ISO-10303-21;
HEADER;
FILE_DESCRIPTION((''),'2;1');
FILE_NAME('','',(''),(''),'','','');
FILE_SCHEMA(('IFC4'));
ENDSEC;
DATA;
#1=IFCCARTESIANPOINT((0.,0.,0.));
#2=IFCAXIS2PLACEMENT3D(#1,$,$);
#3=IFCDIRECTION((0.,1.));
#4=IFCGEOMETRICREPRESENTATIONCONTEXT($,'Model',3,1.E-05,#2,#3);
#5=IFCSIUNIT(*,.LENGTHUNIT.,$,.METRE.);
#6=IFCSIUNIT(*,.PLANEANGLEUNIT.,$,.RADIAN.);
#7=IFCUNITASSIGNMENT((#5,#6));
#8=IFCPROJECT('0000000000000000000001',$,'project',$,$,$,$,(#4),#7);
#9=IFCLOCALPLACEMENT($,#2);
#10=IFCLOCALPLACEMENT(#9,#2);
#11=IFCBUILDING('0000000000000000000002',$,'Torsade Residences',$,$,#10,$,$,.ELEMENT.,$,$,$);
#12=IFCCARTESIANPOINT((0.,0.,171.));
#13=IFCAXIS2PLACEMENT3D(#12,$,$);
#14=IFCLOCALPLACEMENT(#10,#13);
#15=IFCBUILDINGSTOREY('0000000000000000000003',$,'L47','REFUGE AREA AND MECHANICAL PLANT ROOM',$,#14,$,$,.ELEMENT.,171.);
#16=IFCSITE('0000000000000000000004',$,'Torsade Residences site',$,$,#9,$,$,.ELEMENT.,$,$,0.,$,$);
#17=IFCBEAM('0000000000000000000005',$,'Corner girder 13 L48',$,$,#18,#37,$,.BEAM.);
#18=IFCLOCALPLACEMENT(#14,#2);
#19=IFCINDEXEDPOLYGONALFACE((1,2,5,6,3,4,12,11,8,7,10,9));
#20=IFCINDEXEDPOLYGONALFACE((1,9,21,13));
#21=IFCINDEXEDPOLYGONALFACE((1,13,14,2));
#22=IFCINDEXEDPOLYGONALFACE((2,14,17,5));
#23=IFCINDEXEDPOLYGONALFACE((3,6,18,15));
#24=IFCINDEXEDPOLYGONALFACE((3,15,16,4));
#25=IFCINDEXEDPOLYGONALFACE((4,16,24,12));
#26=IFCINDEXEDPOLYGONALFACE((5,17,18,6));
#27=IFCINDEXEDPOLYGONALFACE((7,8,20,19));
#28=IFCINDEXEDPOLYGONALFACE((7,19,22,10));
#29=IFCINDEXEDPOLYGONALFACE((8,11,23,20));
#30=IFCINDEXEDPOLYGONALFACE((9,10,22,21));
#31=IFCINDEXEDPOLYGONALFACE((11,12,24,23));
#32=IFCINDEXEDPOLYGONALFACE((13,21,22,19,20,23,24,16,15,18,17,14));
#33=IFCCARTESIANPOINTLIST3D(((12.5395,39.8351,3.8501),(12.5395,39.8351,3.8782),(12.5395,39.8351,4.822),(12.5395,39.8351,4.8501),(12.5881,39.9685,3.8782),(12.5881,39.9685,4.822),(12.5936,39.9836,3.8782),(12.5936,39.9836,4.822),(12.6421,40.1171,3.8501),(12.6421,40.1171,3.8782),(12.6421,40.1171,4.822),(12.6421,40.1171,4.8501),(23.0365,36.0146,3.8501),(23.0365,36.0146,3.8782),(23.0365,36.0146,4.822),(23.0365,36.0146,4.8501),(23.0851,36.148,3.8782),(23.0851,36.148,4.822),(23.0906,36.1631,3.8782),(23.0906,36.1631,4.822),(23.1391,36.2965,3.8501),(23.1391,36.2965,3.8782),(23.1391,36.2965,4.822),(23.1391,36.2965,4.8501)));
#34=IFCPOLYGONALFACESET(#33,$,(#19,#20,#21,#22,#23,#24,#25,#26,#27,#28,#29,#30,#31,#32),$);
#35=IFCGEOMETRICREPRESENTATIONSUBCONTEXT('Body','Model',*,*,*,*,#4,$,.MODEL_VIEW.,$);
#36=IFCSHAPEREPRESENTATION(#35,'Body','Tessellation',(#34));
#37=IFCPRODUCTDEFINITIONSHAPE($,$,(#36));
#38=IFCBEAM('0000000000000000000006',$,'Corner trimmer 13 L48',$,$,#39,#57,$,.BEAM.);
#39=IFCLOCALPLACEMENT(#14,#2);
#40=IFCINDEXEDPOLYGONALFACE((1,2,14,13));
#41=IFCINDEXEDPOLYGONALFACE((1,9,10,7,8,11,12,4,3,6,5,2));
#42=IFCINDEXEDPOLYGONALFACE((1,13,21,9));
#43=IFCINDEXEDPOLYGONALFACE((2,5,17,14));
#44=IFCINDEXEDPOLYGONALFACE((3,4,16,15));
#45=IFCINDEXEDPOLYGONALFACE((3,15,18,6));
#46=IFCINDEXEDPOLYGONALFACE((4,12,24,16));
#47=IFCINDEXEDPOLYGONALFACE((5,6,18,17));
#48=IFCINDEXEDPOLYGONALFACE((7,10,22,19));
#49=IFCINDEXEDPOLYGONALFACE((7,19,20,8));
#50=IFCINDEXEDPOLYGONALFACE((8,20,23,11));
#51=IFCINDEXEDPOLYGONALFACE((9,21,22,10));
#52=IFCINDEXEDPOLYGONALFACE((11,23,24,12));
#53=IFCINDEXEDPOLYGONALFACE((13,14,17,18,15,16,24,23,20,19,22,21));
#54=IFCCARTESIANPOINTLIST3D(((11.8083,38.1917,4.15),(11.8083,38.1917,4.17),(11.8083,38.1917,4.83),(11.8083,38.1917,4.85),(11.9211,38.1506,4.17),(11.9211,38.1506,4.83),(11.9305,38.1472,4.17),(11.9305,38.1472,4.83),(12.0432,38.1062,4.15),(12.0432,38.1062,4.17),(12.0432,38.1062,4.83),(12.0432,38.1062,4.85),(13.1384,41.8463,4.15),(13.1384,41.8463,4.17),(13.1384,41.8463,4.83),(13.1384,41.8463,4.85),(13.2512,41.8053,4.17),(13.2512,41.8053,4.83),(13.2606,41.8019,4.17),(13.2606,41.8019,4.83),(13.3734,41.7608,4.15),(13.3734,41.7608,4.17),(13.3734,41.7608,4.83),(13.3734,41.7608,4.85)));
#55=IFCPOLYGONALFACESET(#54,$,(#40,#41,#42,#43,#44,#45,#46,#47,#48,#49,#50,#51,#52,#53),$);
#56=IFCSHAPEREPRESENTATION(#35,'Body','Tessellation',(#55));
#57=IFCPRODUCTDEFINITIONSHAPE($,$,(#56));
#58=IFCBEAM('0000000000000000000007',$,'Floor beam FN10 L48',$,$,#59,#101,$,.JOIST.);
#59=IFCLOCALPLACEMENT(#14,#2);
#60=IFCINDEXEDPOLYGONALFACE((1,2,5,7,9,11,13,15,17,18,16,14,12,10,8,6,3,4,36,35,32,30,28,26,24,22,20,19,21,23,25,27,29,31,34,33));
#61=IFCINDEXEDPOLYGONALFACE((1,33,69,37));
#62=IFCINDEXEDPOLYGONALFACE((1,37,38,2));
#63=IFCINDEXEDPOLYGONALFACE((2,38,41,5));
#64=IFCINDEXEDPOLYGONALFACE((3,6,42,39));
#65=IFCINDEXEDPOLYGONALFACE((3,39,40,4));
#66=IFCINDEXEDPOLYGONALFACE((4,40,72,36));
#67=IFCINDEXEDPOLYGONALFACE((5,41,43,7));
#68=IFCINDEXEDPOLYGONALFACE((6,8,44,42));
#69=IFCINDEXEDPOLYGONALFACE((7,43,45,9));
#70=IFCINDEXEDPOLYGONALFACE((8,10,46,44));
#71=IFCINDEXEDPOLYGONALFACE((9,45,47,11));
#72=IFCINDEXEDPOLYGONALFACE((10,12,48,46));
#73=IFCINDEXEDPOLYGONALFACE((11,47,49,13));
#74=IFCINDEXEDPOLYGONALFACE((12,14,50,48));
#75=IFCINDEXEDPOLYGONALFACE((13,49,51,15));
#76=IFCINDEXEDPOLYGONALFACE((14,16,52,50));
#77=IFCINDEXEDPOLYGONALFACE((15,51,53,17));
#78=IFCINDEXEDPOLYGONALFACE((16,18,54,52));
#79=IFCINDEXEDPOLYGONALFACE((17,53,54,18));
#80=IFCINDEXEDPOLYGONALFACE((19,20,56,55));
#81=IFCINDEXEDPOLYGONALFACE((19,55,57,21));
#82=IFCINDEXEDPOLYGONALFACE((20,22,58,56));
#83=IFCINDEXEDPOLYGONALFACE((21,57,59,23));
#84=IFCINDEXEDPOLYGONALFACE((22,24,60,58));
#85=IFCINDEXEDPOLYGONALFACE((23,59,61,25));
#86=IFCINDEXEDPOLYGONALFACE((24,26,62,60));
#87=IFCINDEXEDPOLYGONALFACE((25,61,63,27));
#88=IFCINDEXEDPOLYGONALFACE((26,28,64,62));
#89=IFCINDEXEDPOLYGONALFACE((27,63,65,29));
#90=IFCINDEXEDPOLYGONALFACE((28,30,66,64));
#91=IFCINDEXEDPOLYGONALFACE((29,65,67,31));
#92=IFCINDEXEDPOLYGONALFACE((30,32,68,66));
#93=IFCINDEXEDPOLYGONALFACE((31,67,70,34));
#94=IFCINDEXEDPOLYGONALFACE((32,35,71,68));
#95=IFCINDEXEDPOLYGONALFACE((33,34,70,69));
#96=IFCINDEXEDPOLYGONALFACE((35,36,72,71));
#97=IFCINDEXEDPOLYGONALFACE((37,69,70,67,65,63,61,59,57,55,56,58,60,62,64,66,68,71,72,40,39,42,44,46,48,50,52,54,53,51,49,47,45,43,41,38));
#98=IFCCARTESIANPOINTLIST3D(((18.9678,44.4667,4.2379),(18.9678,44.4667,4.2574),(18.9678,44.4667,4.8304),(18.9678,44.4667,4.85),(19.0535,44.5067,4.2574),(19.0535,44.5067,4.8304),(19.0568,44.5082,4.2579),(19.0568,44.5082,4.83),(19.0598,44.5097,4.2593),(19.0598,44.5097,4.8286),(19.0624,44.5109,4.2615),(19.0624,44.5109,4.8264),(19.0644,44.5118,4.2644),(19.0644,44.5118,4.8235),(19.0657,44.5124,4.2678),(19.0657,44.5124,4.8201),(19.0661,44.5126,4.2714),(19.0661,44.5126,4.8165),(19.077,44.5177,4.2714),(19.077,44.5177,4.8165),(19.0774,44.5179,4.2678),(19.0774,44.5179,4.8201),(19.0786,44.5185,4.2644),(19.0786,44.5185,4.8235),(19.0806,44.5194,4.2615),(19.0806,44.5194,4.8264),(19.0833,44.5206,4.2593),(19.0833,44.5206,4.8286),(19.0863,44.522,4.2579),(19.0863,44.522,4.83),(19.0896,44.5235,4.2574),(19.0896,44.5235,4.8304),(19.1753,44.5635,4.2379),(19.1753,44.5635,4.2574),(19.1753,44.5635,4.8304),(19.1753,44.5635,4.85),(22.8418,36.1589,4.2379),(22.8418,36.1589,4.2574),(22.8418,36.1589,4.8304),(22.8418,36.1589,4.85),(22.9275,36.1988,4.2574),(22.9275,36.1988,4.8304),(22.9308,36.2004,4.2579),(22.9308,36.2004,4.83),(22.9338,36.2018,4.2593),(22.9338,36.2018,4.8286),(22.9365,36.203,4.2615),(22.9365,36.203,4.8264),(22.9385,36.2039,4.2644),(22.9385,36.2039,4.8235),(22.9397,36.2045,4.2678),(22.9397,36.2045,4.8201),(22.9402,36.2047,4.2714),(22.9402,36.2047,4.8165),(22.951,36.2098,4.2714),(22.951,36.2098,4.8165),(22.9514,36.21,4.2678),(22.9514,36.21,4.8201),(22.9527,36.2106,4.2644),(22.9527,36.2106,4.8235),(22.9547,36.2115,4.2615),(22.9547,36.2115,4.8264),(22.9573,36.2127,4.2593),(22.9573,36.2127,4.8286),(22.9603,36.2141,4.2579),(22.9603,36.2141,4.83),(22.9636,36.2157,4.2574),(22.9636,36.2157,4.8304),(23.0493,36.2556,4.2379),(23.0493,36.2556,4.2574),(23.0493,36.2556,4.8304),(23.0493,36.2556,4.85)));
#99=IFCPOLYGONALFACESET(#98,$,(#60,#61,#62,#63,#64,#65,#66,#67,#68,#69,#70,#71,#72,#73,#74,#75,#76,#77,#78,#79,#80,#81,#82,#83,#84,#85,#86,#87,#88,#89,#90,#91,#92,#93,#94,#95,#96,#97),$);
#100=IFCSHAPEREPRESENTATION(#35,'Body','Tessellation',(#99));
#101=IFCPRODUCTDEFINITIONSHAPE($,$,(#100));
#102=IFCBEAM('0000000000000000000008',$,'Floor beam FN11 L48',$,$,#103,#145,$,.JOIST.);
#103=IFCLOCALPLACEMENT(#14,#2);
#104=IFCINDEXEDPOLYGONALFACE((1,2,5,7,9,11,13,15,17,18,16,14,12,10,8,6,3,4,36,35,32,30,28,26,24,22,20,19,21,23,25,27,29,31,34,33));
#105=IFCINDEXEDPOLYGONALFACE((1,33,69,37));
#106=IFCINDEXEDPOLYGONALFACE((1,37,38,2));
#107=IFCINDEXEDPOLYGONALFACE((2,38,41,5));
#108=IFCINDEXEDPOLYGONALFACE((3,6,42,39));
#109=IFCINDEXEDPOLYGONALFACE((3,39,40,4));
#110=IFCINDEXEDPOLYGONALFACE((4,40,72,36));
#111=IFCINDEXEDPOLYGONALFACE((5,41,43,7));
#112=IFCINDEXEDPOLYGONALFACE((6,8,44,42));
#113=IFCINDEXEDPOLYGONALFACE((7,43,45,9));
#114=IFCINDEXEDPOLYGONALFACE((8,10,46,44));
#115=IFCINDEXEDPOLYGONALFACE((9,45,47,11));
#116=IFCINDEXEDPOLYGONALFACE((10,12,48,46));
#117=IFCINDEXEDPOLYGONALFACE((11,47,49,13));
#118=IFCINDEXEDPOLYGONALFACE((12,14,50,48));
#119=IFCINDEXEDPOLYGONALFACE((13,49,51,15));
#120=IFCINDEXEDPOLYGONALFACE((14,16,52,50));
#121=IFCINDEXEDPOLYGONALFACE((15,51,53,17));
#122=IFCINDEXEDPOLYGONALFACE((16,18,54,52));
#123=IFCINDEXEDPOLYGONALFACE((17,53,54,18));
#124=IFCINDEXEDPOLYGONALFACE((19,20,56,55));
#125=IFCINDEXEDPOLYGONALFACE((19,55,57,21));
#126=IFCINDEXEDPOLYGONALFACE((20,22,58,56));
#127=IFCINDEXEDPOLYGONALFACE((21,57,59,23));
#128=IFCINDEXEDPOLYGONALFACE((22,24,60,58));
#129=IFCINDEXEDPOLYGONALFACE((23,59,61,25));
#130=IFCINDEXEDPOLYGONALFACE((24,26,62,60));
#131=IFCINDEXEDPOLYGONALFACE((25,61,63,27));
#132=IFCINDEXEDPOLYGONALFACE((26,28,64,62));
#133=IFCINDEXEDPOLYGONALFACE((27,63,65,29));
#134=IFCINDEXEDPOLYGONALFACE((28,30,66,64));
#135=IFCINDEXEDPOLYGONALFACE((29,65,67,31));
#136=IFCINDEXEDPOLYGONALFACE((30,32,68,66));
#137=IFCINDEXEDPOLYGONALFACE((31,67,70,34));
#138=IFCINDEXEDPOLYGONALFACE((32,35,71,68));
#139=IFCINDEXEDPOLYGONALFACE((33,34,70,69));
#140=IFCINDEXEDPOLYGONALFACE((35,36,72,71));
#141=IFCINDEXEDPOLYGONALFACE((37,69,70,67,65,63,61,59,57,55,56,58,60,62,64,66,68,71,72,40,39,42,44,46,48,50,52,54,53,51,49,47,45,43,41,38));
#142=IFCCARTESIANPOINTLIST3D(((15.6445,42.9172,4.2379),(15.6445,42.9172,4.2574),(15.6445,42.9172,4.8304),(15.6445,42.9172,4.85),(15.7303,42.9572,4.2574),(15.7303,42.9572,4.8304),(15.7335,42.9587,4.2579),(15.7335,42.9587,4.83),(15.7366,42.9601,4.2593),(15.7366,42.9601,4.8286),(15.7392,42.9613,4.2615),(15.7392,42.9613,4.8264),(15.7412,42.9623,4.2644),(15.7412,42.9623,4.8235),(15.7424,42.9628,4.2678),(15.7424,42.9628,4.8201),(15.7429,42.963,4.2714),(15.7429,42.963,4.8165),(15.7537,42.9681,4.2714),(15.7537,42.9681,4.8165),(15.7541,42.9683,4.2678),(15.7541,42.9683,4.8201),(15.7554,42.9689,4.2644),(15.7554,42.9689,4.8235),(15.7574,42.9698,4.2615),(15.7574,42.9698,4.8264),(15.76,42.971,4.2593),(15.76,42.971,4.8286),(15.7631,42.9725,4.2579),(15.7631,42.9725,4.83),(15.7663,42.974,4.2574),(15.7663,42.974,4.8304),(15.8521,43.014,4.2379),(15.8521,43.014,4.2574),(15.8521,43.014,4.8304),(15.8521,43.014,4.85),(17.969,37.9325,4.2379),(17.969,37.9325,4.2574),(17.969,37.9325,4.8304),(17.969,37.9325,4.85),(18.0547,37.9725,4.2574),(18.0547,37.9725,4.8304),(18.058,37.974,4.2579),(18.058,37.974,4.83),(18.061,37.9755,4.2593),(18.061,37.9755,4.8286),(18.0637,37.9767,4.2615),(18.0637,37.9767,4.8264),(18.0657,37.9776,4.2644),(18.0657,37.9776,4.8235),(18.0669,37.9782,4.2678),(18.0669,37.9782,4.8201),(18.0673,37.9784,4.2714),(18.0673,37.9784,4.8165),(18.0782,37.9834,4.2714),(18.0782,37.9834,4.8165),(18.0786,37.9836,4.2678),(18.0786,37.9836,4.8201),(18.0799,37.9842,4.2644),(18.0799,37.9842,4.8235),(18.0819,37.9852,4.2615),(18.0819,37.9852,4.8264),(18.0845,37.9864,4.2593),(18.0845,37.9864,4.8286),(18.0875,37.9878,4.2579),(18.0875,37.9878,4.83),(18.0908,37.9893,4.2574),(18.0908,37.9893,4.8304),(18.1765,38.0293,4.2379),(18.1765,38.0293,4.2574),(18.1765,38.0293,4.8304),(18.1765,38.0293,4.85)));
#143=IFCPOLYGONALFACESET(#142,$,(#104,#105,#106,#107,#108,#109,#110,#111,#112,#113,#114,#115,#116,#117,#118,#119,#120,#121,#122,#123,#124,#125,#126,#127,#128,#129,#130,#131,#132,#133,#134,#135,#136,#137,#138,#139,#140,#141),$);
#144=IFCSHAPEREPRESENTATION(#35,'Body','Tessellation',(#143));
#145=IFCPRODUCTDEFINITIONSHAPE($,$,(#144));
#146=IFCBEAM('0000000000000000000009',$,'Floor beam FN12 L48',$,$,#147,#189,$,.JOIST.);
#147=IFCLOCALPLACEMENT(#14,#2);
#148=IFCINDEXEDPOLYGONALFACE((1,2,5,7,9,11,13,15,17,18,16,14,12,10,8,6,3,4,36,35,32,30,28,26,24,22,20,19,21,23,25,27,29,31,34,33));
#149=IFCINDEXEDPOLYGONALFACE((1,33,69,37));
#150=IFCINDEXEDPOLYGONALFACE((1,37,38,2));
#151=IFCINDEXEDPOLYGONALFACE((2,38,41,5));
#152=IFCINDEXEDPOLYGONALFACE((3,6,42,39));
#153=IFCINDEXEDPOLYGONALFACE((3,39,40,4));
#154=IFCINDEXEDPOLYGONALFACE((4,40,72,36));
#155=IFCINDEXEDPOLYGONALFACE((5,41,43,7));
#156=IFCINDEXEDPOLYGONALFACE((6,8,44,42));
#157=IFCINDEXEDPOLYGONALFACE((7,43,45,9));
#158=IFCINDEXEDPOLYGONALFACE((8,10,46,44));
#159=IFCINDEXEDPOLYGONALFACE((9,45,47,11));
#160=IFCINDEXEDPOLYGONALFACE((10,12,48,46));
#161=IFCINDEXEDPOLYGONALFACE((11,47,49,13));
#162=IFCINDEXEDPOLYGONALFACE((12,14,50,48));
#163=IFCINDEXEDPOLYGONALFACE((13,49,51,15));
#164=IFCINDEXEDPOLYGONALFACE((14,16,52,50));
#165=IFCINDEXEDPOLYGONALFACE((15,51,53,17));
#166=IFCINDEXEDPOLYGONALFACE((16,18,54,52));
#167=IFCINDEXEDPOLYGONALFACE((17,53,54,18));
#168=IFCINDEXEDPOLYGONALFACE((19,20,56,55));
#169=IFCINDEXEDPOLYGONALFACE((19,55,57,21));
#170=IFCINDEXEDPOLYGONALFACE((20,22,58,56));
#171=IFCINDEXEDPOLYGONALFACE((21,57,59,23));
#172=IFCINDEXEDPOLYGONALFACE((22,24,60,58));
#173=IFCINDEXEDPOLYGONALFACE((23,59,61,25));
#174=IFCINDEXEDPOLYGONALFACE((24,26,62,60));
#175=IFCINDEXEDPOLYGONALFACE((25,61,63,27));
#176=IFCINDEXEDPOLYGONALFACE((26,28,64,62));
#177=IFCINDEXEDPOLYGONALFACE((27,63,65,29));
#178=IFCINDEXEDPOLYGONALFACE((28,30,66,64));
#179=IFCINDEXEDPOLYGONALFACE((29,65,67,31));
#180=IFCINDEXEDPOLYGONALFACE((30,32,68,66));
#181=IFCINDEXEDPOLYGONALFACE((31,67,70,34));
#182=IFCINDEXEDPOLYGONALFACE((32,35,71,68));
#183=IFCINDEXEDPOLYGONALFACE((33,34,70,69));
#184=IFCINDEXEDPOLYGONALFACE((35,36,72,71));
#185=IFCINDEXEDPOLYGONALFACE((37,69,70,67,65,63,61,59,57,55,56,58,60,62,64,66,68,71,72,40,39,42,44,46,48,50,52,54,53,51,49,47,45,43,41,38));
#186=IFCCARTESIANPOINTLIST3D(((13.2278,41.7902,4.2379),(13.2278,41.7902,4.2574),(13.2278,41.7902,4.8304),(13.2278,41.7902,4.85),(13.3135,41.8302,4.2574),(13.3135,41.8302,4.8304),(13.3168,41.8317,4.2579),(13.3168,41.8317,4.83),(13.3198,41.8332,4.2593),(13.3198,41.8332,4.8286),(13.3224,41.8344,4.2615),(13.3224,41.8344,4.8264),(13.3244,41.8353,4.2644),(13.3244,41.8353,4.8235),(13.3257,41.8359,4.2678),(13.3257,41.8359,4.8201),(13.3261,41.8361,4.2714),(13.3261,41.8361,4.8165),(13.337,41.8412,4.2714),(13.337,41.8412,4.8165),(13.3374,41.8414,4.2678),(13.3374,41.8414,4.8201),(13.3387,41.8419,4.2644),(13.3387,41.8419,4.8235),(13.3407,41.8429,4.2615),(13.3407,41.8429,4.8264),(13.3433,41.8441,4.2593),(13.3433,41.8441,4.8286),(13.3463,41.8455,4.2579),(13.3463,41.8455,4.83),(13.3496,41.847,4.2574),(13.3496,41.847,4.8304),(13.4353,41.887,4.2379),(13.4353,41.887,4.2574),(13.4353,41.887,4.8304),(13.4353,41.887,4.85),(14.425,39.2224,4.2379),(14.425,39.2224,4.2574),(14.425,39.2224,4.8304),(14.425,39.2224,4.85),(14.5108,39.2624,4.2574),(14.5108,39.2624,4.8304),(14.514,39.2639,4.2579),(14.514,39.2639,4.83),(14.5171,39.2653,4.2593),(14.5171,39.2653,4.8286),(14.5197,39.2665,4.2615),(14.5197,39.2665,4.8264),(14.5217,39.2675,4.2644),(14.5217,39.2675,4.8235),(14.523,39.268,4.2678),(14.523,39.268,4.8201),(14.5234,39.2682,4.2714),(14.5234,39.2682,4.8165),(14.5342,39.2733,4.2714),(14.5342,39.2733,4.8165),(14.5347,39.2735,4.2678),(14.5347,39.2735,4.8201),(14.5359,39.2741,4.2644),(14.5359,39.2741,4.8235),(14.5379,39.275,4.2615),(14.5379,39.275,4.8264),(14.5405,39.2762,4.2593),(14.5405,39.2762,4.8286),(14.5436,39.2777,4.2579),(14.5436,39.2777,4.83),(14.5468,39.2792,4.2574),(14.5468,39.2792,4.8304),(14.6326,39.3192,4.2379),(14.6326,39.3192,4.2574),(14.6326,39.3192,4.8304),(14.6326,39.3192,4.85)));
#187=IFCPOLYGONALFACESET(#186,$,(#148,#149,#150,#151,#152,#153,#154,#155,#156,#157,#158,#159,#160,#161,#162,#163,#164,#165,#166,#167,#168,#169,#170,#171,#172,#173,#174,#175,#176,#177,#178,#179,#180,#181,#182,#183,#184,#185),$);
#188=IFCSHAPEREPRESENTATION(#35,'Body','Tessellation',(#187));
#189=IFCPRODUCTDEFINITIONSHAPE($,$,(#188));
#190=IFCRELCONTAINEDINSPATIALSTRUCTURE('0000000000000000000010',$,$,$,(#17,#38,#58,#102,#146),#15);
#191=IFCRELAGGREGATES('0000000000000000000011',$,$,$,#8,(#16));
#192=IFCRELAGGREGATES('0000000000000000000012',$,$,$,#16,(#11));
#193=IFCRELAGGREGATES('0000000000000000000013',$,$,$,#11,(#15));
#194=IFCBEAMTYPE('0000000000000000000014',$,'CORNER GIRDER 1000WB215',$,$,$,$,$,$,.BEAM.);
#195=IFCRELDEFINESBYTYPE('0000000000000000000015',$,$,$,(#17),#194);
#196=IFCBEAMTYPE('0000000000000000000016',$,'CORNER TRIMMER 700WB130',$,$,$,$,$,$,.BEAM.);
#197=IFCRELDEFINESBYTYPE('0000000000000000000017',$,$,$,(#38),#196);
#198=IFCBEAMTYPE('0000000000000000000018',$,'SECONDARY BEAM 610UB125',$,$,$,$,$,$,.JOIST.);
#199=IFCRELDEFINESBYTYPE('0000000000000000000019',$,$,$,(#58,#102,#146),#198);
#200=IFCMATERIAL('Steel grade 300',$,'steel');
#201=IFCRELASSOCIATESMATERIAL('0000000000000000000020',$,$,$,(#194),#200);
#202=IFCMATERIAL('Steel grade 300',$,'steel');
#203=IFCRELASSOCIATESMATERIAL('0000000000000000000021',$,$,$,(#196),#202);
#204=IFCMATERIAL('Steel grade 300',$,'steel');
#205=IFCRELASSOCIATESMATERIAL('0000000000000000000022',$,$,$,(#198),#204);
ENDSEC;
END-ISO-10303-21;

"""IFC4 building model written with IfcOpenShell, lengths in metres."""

from ifc_helpers import new_model, si_unit, direction, frame, origin, origin_2d, place, context, subcontext, project, spatial, i_section, extrude, material, material_profile, profile_set, type_object, element, save


model = new_model("IFC4")

# Units and contexts
model_context = context("Model", 3, precision=1e-05, world=origin(), true_north=direction((0.0, 1.0)))
body_context = subcontext(model_context, "Body", "Model", "MODEL_VIEW")
ifc_project = project(units=[si_unit("LENGTHUNIT", "METRE"), si_unit("PLANEANGLEUNIT", "RADIAN")], contexts=[model_context])

# Site, building, storey
site_placement = place(None, origin())
site = spatial("IfcSite", under=ifc_project, at=site_placement, Name="Torsade Residences site", CompositionType="ELEMENT", RefElevation=0.0)
building_placement = place(site_placement, origin())
building = spatial("IfcBuilding", under=site, at=building_placement, Name="Torsade Residences", CompositionType="ELEMENT")
storey_placement = place(building_placement, frame((0.0, 0.0, 171.0)))
storey = spatial("IfcBuildingStorey", under=building, at=storey_placement, Name="L47", Description="REFUGE AREA AND MECHANICAL PLANT ROOM", CompositionType="ELEMENT", Elevation=171.0)

# Beams
ifc_material_1 = material(Name="Steel grade 300", Category="steel")
ifc_material_profile_1 = material_profile(ifc_material_1, i_section(OverallWidth=0.3, OverallDepth=1.0, WebThickness=0.0161, FlangeThickness=0.0281, at=origin_2d()), Name="1000WB215")
ifc_profile_set_1 = profile_set([ifc_material_profile_1], Name="Steel grade 300")
beam_type_1 = type_object("IfcBeamType", Name="CORNER GIRDER 1000WB215", PredefinedType="BEAM", material=ifc_profile_set_1)
beam_1_placement = place(storey_placement, frame((12.5908, 39.9761, 4.3501), z_axis=(0.939694, -0.342015, 0.0), x_axis=(0.342015, 0.939694, 0.0)))
element("IfcBeam", 1, at=beam_1_placement, inside=storey, type_object=beam_type_1, Name="Corner girder 13 L48", PredefinedType="BEAM", context=body_context, shape_type="SweptSolid", body=[
    extrude(i_section(OverallWidth=0.3, OverallDepth=1.0, WebThickness=0.0161, FlangeThickness=0.0281, at=origin_2d()), origin(), (0.0, 0.0, 1.0), 11.1707),
])
ifc_material_2 = material(Name="Steel grade 300", Category="steel")
ifc_material_profile_2 = material_profile(ifc_material_2, i_section(OverallWidth=0.25, OverallDepth=0.7, WebThickness=0.01, FlangeThickness=0.02, at=origin_2d()), Name="700WB130")
ifc_profile_set_2 = profile_set([ifc_material_profile_2], Name="Steel grade 300")
beam_type_2 = type_object("IfcBeamType", Name="CORNER TRIMMER 700WB130", PredefinedType="BEAM", material=ifc_profile_set_2)
beam_2_placement = place(storey_placement, frame((11.9258, 38.1489, 4.5), z_axis=(0.342005, 0.939698, 0.0), x_axis=(-0.939698, 0.342005, 0.0)))
element("IfcBeam", 2, at=beam_2_placement, inside=storey, type_object=beam_type_2, Name="Corner trimmer 13 L48", PredefinedType="BEAM", context=body_context, shape_type="SweptSolid", body=[
    extrude(i_section(OverallWidth=0.25, OverallDepth=0.7, WebThickness=0.01, FlangeThickness=0.02, at=origin_2d()), origin(), (0.0, 0.0, 1.0), 3.8892),
])
ifc_material_3 = material(Name="Steel grade 300", Category="steel")
ifc_material_profile_3 = material_profile(ifc_material_3, i_section(OverallWidth=0.229, OverallDepth=0.6121, WebThickness=0.012, FlangeThickness=0.0195, FilletRadius=0.0139, at=origin_2d()), Name="610UB125")
ifc_profile_set_3 = profile_set([ifc_material_profile_3], Name="Steel grade 300")
beam_type_3 = type_object("IfcBeamType", Name="SECONDARY BEAM 610UB125", PredefinedType="JOIST", material=ifc_profile_set_3)
beam_3_placement = place(storey_placement, frame((19.0715, 44.5151, 4.5439), z_axis=(0.422619, -0.906308, 0.0), x_axis=(0.906308, 0.422619, 0.0)))
element("IfcBeam", 3, at=beam_3_placement, inside=storey, type_object=beam_type_3, Name="Floor beam FN10 L48", PredefinedType="JOIST", context=body_context, shape_type="SweptSolid", body=[
    extrude(i_section(OverallWidth=0.229, OverallDepth=0.6121, WebThickness=0.012, FlangeThickness=0.0195, FilletRadius=0.0139, at=origin_2d()), origin(), (0.0, 0.0, 1.0), 9.1667),
])
beam_4_placement = place(storey_placement, frame((15.7483, 42.9656, 4.5439), z_axis=(0.422633, -0.906301, 0.0), x_axis=(0.906301, 0.422633, 0.0)))
element("IfcBeam", 4, at=beam_4_placement, inside=storey, type_object=beam_type_3, Name="Floor beam FN11 L48", PredefinedType="JOIST", context=body_context, shape_type="SweptSolid", body=[
    extrude(i_section(OverallWidth=0.229, OverallDepth=0.6121, WebThickness=0.012, FlangeThickness=0.0195, FilletRadius=0.0139, at=origin_2d()), origin(), (0.0, 0.0, 1.0), 5.5),
])
for number, where, z_axis, x_axis, name in (
    (5, (13.3315, 41.8386, 4.5439), (0.422574, -0.906328, 0.0), (0.906328, 0.422574, 0.0), "Floor beam FN12 L48"),
):
    element("IfcBeam", number, at=place(storey_placement, frame(where, z_axis=z_axis, x_axis=x_axis)), inside=storey, type_object=beam_type_3, Name=name, PredefinedType="JOIST", context=body_context, shape_type="SweptSolid", body=[
        extrude(i_section(OverallWidth=0.229, OverallDepth=0.6121, WebThickness=0.012, FlangeThickness=0.0195, FilletRadius=0.0139, at=origin_2d()), origin(), (0.0, 0.0, 1.0), 2.8333),
    ])

save(model, "model.ifc")
